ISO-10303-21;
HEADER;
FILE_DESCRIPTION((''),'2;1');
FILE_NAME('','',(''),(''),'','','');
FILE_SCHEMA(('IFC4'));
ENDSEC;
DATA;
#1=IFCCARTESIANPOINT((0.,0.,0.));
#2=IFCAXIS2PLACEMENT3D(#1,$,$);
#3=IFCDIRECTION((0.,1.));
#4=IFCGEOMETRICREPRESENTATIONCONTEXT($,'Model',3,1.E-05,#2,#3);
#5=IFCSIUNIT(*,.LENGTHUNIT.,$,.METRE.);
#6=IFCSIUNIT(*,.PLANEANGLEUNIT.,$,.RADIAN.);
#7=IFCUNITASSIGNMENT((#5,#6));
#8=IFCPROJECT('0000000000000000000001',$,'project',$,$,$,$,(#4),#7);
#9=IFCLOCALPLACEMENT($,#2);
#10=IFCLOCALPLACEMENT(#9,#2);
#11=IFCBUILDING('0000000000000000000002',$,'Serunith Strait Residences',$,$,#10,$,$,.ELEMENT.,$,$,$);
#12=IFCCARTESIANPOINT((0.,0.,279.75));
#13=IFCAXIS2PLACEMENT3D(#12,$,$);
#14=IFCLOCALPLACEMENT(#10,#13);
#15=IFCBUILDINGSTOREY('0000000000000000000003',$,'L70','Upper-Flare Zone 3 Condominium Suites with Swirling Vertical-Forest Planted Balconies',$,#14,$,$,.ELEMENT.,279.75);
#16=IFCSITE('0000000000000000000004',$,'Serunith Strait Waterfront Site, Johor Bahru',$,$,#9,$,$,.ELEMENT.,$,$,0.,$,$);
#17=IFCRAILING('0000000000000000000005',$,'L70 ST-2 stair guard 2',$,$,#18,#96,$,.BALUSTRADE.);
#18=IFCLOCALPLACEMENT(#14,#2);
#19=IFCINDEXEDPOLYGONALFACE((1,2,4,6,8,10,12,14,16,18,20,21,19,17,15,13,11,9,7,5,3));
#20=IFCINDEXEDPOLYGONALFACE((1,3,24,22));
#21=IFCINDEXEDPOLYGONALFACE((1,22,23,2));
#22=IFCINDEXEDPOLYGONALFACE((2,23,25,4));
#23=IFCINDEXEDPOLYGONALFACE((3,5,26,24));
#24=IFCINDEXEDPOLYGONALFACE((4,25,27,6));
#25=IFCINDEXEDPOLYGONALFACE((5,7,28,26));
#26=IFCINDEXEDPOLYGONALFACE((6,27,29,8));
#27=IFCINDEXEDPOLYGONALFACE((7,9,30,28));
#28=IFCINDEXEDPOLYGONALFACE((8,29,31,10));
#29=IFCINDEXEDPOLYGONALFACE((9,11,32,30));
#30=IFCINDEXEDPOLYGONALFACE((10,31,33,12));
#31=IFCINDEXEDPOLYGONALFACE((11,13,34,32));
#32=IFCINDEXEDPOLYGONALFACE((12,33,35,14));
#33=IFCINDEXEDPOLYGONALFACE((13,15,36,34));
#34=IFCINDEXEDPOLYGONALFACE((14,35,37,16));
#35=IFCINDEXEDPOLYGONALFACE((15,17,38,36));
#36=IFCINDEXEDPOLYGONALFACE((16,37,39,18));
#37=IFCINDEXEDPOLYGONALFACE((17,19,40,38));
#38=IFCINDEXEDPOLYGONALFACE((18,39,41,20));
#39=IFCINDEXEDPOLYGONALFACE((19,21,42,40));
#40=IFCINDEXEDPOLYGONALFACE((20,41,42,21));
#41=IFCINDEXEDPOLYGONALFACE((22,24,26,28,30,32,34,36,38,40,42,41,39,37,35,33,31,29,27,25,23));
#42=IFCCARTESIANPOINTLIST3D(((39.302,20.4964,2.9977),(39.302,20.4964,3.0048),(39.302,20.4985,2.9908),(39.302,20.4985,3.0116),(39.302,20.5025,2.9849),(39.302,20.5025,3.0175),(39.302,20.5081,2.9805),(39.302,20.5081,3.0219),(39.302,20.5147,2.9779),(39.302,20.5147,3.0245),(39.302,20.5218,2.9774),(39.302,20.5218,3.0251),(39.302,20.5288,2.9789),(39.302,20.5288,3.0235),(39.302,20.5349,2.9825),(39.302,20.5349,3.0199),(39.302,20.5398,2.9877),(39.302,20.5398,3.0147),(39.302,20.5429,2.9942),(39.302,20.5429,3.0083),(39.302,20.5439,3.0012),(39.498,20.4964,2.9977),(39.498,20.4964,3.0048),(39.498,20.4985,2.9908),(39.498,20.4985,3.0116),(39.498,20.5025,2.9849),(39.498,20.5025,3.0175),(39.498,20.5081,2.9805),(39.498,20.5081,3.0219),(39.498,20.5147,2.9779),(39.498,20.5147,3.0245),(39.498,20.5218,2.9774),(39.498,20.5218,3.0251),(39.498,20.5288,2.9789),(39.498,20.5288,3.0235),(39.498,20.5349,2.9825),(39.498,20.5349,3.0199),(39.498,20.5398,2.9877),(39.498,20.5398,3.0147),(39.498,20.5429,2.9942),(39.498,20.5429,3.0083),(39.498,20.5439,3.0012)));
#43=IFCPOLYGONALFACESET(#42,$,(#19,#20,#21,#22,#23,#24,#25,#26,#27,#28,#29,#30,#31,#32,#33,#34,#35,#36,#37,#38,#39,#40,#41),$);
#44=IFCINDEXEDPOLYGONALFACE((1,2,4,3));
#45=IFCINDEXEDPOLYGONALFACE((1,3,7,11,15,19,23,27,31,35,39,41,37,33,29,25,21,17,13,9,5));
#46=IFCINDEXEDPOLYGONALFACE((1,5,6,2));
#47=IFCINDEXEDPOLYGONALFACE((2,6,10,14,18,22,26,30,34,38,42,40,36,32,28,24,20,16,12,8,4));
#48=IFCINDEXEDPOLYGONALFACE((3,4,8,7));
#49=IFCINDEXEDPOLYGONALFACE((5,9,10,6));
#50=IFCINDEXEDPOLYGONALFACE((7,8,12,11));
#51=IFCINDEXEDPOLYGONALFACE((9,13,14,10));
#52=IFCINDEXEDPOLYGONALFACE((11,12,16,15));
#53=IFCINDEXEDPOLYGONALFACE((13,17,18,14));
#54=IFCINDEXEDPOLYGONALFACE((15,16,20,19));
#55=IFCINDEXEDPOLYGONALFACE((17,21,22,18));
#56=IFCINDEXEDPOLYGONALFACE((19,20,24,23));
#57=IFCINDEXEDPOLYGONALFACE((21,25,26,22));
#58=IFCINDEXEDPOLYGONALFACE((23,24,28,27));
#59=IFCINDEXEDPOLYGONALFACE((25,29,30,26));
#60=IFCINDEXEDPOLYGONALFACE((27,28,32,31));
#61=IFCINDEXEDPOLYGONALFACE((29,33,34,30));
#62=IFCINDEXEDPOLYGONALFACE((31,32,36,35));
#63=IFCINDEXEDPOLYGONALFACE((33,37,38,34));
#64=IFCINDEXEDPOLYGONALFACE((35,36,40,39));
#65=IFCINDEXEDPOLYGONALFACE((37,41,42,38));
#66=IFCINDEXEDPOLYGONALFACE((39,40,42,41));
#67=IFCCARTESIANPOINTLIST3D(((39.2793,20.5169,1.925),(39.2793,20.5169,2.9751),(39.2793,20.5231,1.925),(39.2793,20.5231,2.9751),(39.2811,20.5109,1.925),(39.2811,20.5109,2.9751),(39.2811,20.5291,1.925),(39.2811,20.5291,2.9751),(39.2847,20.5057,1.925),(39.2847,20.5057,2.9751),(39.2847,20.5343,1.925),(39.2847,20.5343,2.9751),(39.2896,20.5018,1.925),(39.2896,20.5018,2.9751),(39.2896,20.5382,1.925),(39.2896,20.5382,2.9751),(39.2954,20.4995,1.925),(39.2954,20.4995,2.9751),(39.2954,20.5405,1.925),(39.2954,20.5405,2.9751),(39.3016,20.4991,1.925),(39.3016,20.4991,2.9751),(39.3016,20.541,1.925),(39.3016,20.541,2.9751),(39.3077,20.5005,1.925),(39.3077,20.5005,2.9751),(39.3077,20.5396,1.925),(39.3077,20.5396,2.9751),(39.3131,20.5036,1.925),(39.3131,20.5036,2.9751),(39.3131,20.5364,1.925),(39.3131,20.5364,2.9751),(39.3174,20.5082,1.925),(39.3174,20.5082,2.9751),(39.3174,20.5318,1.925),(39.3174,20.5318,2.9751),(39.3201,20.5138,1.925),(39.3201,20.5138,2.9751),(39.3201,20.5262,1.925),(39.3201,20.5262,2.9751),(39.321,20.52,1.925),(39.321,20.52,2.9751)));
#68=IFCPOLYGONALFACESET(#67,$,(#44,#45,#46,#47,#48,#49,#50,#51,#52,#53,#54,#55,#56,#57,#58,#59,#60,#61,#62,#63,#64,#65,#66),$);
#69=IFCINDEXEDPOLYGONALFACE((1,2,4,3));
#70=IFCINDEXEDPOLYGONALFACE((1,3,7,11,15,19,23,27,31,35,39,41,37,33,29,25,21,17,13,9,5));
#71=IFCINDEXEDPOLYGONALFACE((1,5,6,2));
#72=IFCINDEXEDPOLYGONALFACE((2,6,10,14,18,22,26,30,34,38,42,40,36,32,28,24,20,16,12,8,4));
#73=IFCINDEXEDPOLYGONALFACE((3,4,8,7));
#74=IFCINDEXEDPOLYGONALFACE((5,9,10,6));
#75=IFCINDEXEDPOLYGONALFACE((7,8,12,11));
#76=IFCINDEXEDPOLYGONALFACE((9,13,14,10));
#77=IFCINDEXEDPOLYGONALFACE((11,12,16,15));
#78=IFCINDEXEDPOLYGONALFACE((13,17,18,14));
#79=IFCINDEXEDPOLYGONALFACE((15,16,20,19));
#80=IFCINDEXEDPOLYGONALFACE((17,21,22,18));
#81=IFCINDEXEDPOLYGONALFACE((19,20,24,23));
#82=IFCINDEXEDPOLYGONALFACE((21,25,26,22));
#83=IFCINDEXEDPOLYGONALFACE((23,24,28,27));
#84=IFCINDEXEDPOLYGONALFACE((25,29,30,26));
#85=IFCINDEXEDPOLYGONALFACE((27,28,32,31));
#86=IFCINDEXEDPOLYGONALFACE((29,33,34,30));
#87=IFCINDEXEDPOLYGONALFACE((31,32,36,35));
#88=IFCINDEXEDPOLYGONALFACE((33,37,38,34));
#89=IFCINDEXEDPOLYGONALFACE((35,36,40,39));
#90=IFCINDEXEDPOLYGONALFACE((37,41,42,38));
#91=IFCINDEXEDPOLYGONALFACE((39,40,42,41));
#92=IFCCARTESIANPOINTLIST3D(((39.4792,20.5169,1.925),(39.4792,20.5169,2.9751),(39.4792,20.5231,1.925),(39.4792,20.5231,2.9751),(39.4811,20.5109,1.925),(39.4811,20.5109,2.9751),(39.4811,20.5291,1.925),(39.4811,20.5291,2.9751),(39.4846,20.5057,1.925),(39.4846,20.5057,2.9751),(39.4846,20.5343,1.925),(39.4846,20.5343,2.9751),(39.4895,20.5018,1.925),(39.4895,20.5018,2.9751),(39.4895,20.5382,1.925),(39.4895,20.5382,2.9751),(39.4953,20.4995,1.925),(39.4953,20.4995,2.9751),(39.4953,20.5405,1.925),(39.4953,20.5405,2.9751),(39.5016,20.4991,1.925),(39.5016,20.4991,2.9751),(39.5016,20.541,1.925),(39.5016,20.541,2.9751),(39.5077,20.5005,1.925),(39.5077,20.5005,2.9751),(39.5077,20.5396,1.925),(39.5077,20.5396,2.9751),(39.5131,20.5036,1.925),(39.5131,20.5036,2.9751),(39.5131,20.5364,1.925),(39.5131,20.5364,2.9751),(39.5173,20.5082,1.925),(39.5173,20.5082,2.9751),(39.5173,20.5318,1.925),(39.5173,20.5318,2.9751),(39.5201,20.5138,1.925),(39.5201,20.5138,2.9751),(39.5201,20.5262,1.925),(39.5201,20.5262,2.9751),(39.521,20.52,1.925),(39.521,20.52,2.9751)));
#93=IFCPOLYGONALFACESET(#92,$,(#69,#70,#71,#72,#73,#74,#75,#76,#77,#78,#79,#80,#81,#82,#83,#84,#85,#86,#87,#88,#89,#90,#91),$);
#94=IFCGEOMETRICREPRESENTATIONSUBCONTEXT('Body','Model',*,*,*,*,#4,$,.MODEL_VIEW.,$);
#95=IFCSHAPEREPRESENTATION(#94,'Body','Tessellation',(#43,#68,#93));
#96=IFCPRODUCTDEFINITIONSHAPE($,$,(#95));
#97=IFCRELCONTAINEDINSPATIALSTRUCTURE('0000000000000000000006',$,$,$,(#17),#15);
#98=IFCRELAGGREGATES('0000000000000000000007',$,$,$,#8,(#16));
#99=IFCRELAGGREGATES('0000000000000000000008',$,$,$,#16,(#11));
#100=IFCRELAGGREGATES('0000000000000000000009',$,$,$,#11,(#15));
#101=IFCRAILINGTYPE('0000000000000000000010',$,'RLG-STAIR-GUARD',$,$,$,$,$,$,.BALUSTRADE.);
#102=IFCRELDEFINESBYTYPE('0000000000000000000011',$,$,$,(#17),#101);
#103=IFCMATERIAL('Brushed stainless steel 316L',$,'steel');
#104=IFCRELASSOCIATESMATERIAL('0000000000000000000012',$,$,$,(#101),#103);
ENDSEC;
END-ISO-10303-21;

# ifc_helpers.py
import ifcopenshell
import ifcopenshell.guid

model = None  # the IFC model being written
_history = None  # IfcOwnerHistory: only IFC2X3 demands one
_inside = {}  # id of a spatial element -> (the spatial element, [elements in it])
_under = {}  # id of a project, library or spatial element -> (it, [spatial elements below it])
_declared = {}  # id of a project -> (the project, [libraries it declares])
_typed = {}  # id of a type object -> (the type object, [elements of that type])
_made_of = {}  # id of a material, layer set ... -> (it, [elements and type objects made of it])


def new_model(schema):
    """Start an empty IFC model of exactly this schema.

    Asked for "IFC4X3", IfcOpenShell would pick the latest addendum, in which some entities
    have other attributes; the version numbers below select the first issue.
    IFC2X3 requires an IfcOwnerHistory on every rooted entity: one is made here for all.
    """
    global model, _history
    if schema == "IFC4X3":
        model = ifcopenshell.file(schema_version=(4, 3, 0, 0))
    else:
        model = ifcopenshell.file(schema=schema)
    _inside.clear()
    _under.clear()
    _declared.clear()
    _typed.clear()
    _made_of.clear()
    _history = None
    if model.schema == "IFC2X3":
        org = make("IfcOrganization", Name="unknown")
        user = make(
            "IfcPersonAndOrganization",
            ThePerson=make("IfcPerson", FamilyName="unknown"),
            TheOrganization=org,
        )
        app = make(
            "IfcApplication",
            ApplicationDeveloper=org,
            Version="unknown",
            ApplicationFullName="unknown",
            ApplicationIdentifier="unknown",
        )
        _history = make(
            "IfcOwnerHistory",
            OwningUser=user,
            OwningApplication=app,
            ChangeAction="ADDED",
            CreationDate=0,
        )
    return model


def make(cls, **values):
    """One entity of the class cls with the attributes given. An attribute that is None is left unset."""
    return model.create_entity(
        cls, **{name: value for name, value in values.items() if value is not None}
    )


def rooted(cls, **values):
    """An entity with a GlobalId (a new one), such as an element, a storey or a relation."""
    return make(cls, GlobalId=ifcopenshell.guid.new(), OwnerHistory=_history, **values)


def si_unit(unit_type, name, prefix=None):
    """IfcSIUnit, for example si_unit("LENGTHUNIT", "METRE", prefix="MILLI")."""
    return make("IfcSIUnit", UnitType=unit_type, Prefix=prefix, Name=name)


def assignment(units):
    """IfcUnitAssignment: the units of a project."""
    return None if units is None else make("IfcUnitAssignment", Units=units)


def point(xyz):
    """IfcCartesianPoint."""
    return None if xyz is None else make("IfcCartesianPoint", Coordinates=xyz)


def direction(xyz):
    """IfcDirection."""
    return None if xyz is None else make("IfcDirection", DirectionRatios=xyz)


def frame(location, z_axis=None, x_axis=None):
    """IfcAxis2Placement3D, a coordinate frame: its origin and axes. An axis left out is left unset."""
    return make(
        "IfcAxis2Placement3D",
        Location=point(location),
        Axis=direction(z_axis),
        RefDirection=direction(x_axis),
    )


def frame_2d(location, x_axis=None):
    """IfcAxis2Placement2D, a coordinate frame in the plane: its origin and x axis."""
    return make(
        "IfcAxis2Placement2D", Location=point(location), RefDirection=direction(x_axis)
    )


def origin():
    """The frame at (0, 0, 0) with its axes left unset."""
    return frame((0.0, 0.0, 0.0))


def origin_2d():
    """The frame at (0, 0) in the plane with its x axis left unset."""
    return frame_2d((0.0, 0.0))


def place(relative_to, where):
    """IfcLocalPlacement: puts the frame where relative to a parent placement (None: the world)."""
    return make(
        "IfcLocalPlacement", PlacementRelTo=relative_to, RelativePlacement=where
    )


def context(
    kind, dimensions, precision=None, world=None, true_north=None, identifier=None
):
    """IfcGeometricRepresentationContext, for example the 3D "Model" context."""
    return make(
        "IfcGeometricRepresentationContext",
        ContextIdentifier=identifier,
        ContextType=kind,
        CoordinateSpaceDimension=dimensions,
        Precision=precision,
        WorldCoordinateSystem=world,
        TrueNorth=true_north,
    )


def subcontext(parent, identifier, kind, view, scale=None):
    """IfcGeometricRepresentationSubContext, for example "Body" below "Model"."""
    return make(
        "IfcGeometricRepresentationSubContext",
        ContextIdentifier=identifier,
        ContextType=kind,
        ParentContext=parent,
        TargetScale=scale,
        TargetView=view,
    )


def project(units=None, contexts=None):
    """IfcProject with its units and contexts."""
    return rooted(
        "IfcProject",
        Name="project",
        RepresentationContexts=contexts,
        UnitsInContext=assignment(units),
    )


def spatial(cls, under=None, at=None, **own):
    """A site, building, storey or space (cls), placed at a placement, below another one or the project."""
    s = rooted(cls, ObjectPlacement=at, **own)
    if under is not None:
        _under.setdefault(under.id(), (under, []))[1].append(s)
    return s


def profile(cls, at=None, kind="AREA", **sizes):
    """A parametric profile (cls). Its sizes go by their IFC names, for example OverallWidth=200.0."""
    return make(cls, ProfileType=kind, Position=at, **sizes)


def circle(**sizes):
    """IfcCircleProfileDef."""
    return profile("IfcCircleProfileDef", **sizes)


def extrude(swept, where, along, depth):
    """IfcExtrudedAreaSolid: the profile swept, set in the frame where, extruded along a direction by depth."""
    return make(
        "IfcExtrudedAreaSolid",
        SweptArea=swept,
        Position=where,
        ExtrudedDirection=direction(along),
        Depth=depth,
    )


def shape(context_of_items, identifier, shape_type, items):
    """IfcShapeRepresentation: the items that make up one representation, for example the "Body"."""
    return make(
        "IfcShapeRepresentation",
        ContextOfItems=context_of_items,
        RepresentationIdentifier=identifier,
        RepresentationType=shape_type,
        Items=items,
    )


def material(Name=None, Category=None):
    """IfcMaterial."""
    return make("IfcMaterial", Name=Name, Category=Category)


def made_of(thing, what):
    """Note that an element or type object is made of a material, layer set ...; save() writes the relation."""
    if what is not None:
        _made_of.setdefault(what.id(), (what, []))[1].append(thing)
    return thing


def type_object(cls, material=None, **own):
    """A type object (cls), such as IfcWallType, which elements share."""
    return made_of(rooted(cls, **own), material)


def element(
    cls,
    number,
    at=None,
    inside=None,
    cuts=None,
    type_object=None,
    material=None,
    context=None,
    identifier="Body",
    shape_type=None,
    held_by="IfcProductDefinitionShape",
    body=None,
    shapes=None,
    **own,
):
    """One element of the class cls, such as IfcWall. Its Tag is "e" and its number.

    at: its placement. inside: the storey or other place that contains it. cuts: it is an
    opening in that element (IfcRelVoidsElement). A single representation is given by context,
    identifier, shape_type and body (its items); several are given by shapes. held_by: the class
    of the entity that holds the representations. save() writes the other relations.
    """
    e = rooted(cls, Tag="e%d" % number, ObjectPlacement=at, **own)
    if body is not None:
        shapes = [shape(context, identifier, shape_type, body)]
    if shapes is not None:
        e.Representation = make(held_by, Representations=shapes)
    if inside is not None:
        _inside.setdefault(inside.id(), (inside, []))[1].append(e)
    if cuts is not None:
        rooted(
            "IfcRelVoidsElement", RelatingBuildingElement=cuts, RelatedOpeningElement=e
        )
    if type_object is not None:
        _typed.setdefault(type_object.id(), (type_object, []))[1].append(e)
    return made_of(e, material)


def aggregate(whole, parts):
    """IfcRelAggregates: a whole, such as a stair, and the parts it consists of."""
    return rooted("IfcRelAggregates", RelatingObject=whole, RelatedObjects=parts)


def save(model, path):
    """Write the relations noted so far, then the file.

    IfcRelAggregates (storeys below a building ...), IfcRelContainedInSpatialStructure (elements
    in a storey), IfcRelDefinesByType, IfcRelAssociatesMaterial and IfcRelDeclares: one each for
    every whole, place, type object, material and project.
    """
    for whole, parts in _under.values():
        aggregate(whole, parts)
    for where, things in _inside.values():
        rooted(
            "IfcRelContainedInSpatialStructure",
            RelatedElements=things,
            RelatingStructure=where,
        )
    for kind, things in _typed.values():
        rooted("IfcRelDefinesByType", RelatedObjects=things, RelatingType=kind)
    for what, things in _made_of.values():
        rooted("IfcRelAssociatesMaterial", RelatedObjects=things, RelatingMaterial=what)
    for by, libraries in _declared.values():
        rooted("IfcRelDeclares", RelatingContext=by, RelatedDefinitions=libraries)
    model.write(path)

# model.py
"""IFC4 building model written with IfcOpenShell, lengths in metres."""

from ifc_helpers import new_model, si_unit, direction, frame, origin, origin_2d, place, context, subcontext, project, spatial, circle, extrude, material, type_object, element, save


model = new_model("IFC4")

# Units and contexts
model_context = context("Model", 3, precision=1e-05, world=origin(), true_north=direction((0.0, 1.0)))
body_context = subcontext(model_context, "Body", "Model", "MODEL_VIEW")
ifc_project = project(units=[si_unit("LENGTHUNIT", "METRE"), si_unit("PLANEANGLEUNIT", "RADIAN")], contexts=[model_context])

# Site, building, storey
site_placement = place(None, origin())
site = spatial("IfcSite", under=ifc_project, at=site_placement, Name="Serunith Strait Waterfront Site, Johor Bahru", CompositionType="ELEMENT", RefElevation=0.0)
building_placement = place(site_placement, origin())
building = spatial("IfcBuilding", under=site, at=building_placement, Name="Serunith Strait Residences", CompositionType="ELEMENT")
storey_placement = place(building_placement, frame((0.0, 0.0, 279.75)))
storey = spatial("IfcBuildingStorey", under=building, at=storey_placement, Name="L70", Description="Upper-Flare Zone 3 Condominium Suites with Swirling Vertical-Forest Planted Balconies", CompositionType="ELEMENT", Elevation=279.75)

# Railing
ifc_material_1 = material(Name="Brushed stainless steel 316L", Category="steel")
railing_type_1 = type_object("IfcRailingType", Name="RLG-STAIR-GUARD", PredefinedType="BALUSTRADE", material=ifc_material_1)
railing_1_placement = place(storey_placement, frame((39.3, 20.52, 1.925)))
element("IfcRailing", 1, at=railing_1_placement, inside=storey, type_object=railing_type_1, Name="L70 ST-2 stair guard 2", PredefinedType="BALUSTRADE", context=body_context, shape_type="SweptSolid", body=[
    extrude(circle(Radius=0.0239, at=origin_2d()), frame((0.002, 0.0, 1.0762), z_axis=(1.0, 0.0, 0.0), x_axis=(0.0, 1.0, 0.0)), (0.0, 0.0, 1.0), 0.196),
    extrude(circle(Radius=0.021, at=origin_2d()), origin(), (0.0, 0.0, 1.0), 1.05),
    extrude(circle(Radius=0.021, at=origin_2d()), frame((0.2, 0.0, 0.0)), (0.0, 0.0, 1.0), 1.05),
])

save(model, "model.ifc")
